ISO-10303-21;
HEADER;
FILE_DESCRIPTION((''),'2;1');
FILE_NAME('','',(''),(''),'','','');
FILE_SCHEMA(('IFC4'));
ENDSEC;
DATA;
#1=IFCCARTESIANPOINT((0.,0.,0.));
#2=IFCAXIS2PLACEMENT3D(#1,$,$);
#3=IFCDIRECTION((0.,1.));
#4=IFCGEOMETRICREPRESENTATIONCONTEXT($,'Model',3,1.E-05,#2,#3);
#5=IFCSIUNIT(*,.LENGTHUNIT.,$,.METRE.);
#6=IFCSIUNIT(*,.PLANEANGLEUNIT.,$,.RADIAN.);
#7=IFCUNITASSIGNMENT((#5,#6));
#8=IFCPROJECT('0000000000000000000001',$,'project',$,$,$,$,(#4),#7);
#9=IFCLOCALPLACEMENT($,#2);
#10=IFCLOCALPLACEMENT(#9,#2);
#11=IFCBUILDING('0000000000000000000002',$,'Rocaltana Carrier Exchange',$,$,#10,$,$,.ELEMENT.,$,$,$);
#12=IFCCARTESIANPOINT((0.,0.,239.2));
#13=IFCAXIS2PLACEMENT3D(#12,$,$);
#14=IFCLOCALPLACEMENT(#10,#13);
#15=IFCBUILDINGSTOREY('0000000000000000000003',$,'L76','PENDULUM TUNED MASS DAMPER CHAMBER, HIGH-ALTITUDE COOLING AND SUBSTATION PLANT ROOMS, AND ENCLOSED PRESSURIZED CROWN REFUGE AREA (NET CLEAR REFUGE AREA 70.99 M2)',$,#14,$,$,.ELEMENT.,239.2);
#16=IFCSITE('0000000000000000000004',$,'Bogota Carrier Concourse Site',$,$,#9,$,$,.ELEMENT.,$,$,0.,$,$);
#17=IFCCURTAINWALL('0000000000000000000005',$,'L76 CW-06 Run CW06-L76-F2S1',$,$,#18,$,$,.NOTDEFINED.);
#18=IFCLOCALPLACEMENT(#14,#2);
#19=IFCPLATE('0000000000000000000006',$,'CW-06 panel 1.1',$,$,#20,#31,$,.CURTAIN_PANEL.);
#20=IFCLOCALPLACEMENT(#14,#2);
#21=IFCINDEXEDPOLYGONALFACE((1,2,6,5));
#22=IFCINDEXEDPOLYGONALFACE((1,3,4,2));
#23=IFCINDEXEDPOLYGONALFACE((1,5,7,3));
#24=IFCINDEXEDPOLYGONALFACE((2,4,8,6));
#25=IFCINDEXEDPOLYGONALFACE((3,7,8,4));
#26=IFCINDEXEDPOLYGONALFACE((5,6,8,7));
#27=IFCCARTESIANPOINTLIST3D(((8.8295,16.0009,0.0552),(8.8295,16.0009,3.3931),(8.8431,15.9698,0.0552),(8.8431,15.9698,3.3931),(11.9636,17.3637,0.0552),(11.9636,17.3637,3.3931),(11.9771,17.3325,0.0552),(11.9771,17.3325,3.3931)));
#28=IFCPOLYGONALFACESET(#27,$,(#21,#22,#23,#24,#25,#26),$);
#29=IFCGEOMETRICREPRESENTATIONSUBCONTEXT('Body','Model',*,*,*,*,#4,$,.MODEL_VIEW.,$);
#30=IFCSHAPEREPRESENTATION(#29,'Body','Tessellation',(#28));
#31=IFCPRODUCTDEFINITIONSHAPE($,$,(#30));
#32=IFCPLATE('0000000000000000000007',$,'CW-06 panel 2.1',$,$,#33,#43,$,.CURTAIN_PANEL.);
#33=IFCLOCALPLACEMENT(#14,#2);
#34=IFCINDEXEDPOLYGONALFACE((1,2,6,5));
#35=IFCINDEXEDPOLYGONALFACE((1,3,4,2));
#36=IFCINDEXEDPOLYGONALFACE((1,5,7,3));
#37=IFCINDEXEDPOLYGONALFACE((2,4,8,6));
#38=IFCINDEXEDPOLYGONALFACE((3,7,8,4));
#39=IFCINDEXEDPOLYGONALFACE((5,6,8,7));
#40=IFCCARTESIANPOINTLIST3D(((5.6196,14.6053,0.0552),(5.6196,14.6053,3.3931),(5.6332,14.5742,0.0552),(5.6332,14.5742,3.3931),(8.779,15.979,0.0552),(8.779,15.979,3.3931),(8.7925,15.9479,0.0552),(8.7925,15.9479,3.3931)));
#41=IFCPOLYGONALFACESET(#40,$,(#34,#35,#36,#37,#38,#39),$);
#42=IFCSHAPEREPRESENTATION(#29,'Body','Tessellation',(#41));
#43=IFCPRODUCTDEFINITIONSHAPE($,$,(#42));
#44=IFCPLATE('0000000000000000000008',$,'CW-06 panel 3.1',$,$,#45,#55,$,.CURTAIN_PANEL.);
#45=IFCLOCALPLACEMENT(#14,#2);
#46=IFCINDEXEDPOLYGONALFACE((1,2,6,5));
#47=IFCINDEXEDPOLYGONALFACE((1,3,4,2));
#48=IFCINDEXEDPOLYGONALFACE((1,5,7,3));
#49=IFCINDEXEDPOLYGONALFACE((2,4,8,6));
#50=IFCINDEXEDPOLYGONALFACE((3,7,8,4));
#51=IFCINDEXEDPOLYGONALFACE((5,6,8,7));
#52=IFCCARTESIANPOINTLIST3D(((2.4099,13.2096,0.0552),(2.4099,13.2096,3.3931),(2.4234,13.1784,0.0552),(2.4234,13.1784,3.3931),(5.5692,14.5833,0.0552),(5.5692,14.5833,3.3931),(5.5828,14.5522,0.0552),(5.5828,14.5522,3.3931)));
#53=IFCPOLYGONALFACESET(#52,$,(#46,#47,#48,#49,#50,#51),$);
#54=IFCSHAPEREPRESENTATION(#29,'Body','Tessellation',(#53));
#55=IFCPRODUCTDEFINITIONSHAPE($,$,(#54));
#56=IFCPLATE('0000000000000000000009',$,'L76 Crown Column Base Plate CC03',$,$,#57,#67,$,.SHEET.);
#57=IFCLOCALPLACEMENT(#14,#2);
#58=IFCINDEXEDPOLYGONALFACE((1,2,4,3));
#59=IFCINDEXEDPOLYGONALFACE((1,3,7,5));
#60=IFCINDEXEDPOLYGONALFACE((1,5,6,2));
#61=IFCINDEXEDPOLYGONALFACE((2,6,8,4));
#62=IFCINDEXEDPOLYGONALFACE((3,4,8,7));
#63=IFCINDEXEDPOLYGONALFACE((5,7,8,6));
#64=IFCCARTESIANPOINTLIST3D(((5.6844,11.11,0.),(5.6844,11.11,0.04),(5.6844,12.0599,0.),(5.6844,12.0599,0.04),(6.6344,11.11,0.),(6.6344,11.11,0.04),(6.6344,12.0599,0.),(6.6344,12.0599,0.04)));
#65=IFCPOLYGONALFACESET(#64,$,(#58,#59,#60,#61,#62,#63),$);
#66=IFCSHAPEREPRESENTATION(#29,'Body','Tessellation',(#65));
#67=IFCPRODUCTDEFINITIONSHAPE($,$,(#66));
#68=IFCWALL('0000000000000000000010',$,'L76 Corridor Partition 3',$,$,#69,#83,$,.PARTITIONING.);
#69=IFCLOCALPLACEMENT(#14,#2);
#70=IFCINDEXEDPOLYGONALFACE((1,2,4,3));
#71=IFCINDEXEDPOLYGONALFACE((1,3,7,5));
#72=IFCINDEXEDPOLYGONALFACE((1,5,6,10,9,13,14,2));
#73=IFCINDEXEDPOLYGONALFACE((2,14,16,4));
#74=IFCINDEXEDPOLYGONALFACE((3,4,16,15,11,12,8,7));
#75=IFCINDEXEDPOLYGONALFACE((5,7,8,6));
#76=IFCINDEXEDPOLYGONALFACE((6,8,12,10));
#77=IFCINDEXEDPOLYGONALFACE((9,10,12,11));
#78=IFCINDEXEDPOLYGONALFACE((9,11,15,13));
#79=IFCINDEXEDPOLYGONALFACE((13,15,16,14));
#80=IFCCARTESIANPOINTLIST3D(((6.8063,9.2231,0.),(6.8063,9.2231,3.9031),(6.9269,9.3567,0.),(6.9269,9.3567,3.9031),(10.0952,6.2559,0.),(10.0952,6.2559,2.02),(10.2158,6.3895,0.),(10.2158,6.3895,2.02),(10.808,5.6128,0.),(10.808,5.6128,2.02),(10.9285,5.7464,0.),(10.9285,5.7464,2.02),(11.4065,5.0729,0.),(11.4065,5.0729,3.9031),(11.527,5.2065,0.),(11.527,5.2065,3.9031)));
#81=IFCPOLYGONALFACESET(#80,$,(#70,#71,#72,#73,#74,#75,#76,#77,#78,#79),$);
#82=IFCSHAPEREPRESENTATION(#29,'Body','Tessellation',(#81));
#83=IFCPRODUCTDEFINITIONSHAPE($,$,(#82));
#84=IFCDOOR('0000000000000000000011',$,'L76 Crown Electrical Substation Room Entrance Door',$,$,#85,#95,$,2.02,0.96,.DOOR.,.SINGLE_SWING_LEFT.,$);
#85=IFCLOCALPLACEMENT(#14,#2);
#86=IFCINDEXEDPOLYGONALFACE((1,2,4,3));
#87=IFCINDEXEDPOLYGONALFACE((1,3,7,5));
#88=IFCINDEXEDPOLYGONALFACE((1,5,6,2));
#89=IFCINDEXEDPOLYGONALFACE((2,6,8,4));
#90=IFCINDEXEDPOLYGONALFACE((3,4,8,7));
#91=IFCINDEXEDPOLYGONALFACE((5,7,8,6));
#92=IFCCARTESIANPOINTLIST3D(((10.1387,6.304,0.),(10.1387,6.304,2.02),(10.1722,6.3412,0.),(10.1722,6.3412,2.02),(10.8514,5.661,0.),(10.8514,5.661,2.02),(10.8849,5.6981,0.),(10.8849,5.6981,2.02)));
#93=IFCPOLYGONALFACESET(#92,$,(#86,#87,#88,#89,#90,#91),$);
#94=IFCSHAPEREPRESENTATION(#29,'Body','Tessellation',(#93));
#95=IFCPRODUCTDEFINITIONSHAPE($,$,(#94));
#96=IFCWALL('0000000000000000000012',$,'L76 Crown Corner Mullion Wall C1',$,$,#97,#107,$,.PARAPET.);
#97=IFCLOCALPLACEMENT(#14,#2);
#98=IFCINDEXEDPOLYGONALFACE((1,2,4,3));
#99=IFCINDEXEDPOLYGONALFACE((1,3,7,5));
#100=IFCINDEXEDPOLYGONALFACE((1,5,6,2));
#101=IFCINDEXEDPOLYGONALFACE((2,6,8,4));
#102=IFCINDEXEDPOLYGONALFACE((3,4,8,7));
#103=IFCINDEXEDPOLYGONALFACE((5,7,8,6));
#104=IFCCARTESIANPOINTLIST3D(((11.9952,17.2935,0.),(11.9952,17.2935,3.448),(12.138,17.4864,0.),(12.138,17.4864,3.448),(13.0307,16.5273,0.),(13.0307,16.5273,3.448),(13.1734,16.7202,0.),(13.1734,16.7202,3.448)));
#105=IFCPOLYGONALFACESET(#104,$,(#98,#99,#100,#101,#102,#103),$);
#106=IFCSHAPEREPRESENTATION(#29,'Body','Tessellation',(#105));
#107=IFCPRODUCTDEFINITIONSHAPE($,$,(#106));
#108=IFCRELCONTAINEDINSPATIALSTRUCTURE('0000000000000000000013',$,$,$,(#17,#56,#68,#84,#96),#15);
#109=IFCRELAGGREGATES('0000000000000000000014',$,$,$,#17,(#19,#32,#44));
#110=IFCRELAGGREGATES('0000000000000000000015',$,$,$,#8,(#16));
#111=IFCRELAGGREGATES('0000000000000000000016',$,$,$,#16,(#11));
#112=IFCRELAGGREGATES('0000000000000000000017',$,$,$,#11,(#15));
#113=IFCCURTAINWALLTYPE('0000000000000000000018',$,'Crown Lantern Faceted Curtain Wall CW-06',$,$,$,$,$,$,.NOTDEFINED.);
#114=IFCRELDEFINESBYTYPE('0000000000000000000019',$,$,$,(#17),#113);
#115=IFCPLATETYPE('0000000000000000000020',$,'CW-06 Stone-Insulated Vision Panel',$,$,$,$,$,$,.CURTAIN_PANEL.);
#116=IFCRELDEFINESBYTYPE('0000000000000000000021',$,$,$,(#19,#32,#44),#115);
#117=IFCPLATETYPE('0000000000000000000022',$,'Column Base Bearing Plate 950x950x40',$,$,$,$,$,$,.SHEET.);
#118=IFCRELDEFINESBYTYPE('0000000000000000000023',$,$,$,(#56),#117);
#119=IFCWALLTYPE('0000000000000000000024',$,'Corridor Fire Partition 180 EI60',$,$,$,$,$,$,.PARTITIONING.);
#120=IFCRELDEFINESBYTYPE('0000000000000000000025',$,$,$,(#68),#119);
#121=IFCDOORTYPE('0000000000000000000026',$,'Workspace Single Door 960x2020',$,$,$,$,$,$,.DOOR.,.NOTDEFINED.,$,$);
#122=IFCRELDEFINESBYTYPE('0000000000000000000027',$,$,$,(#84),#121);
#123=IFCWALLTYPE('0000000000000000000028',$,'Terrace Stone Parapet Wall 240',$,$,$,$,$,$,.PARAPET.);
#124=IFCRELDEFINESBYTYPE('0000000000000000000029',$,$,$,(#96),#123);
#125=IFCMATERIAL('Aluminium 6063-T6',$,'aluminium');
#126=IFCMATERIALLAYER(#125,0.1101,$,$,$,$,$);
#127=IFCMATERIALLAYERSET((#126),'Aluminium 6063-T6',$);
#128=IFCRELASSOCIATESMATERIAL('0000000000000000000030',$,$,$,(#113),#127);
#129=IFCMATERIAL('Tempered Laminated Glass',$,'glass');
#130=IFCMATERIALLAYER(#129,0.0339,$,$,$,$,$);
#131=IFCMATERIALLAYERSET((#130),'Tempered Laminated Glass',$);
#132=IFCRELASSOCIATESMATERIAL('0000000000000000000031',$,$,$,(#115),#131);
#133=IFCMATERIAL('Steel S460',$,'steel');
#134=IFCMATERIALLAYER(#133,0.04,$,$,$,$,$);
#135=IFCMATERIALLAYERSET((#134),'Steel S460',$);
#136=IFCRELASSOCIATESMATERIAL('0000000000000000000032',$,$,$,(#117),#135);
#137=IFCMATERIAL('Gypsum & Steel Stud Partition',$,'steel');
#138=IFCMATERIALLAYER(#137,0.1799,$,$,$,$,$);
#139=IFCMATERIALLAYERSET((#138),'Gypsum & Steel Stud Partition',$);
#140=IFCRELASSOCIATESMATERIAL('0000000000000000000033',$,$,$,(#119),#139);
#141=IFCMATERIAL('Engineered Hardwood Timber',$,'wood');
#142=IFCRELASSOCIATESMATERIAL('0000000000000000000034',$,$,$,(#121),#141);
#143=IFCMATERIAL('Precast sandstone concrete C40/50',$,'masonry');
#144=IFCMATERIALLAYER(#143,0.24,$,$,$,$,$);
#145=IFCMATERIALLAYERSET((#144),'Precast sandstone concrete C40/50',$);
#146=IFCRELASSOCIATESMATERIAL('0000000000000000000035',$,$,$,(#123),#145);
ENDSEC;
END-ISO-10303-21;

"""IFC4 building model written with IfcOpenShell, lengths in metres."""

from ifc_helpers import new_model, si_unit, direction, frame, frame_2d, origin, origin_2d, place, context, subcontext, project, spatial, rectangle, extrude, material, layer, layer_set, type_object, element, fill, aggregate, save


model = new_model("IFC4")

# Units and contexts
model_context = context("Model", 3, precision=1e-05, world=origin(), true_north=direction((0.0, 1.0)))
body_context = subcontext(model_context, "Body", "Model", "MODEL_VIEW")
ifc_project = project(units=[si_unit("LENGTHUNIT", "METRE"), si_unit("PLANEANGLEUNIT", "RADIAN")], contexts=[model_context])

# Site, building, storey
site_placement = place(None, origin())
site = spatial("IfcSite", under=ifc_project, at=site_placement, Name="Bogota Carrier Concourse Site", CompositionType="ELEMENT", RefElevation=0.0)
building_placement = place(site_placement, origin())
building = spatial("IfcBuilding", under=site, at=building_placement, Name="Rocaltana Carrier Exchange", CompositionType="ELEMENT")
storey_placement = place(building_placement, frame((0.0, 0.0, 239.2)))
storey = spatial("IfcBuildingStorey", under=building, at=storey_placement, Name="L76", Description="PENDULUM TUNED MASS DAMPER CHAMBER, HIGH-ALTITUDE COOLING AND SUBSTATION PLANT ROOMS, AND ENCLOSED PRESSURIZED CROWN REFUGE AREA (NET CLEAR REFUGE AREA 70.99 M2)", CompositionType="ELEMENT", Elevation=239.2)

# Curtain wall
ifc_material_1 = material(Name="Aluminium 6063-T6", Category="aluminium")
ifc_layer_1 = layer(ifc_material_1, 0.1101)
ifc_layer_set_1 = layer_set([ifc_layer_1], Name="Aluminium 6063-T6")
curtain_wall_type = type_object("IfcCurtainWallType", Name="Crown Lantern Faceted Curtain Wall CW-06", PredefinedType="NOTDEFINED", material=ifc_layer_set_1)
curtain_wall_1_placement = place(storey_placement, origin())
curtain_wall_1 = element("IfcCurtainWall", 1, at=curtain_wall_1_placement, inside=storey, type_object=curtain_wall_type, Name="L76 CW-06 Run CW06-L76-F2S1", PredefinedType="NOTDEFINED")

# Plates
ifc_material_2 = material(Name="Tempered Laminated Glass", Category="glass")
ifc_layer_2 = layer(ifc_material_2, 0.0339)
ifc_layer_set_2 = layer_set([ifc_layer_2], Name="Tempered Laminated Glass")
plate_type_1 = type_object("IfcPlateType", Name="CW-06 Stone-Insulated Vision Panel", PredefinedType="CURTAIN_PANEL", material=ifc_layer_set_2)
plate_1_placement = place(storey_placement, frame((10.4033, 16.6667, 0.0552), z_axis=(0.0, 0.0, 1.0), x_axis=(-0.91706, -0.39875, 0.0)))
plate_1 = element("IfcPlate", 2, at=plate_1_placement, type_object=plate_type_1, Name="CW-06 panel 1.1", PredefinedType="CURTAIN_PANEL", context=body_context, shape_type="SweptSolid", body=[
    extrude(rectangle(XDim=3.4175, YDim=0.0339, at=origin_2d()), origin(), (0.0, 0.0, 1.0), 3.3379),
])
plate_2_placement = place(storey_placement, frame((7.2061, 15.2766, 0.0552), z_axis=(0.0, 0.0, 1.0), x_axis=(-0.91706, -0.39875, 0.0)))
plate_2 = element("IfcPlate", 3, at=plate_2_placement, type_object=plate_type_1, Name="CW-06 panel 2.1", PredefinedType="CURTAIN_PANEL", context=body_context, shape_type="SweptSolid", body=[
    extrude(rectangle(XDim=3.4451, YDim=0.0339, at=origin_2d()), origin(), (0.0, 0.0, 1.0), 3.3379),
])
plate_3_placement = place(storey_placement, frame((3.9963, 13.8809, 0.0552), z_axis=(0.0, 0.0, 1.0), x_axis=(-0.91706, -0.39875, 0.0)))
plate_3 = element("IfcPlate", 4, at=plate_3_placement, type_object=plate_type_1, Name="CW-06 panel 3.1", PredefinedType="CURTAIN_PANEL", context=body_context, shape_type="SweptSolid", body=[
    extrude(rectangle(XDim=3.4451, YDim=0.0339, at=origin_2d()), origin(), (0.0, 0.0, 1.0), 3.3379),
])
aggregate(curtain_wall_1, [plate_1, plate_2, plate_3])
ifc_material_3 = material(Name="Steel S460", Category="steel")
ifc_layer_3 = layer(ifc_material_3, 0.04)
ifc_layer_set_3 = layer_set([ifc_layer_3], Name="Steel S460")
plate_type_2 = type_object("IfcPlateType", Name="Column Base Bearing Plate 950x950x40", PredefinedType="SHEET", material=ifc_layer_set_3)
plate_4_placement = place(storey_placement, frame((6.1594, 11.585, 0.0), z_axis=(0.0, 0.0, 1.0), x_axis=(1.0, 0.0, 0.0)))
element("IfcPlate", 5, at=plate_4_placement, inside=storey, type_object=plate_type_2, Name="L76 Crown Column Base Plate CC03", PredefinedType="SHEET", context=body_context, shape_type="SweptSolid", body=[
    extrude(rectangle(XDim=0.95, YDim=0.95, at=origin_2d()), origin(), (0.0, 0.0, 1.0), 0.04),
])

# Wall, opening, door
ifc_material_4 = material(Name="Gypsum & Steel Stud Partition", Category="steel")
ifc_layer_4 = layer(ifc_material_4, 0.1799)
ifc_layer_set_4 = layer_set([ifc_layer_4], Name="Gypsum & Steel Stud Partition")
wall_type_1 = type_object("IfcWallType", Name="Corridor Fire Partition 180 EI60", PredefinedType="PARTITIONING", material=ifc_layer_set_4)
wall_1_placement = place(storey_placement, frame((6.8667, 9.2898, 0.0), z_axis=(0.0, 0.0, 1.0), x_axis=(0.742486, -0.669861, 0.0)))
wall_1 = element("IfcWall", 6, at=wall_1_placement, inside=storey, type_object=wall_type_1, Name="L76 Corridor Partition 3", PredefinedType="PARTITIONING", context=body_context, shape_type="SweptSolid", body=[
    extrude(rectangle(XDim=6.1956, YDim=0.1799, at=frame_2d((3.0977, 0.0))), origin(), (0.0, 0.0, 1.0), 3.9031),
])
opening_placement = place(wall_1_placement, frame((4.4294, 0.0, 0.0)))
opening = element("IfcOpeningElement", 7, at=opening_placement, cuts=wall_1, PredefinedType="OPENING", context=body_context, shape_type="SweptSolid", body=[
    extrude(rectangle(XDim=0.96, YDim=2.02, at=frame_2d((0.48, 1.01))), frame((0.0, 0.0999, 0.0), z_axis=(0.0, -1.0, 0.0), x_axis=(1.0, 0.0, 0.0)), (0.0, 0.0, 1.0), 0.2),
])
ifc_material_5 = material(Name="Engineered Hardwood Timber", Category="wood")
door_type = type_object("IfcDoorType", Name="Workspace Single Door 960x2020", OperationType="NOTDEFINED", PredefinedType="DOOR", material=ifc_material_5)
door_placement = place(opening_placement, origin())
door = element("IfcDoor", 8, at=door_placement, inside=storey, type_object=door_type, Name="L76 Crown Electrical Substation Room Entrance Door", OperationType="SINGLE_SWING_LEFT", OverallHeight=2.02, OverallWidth=0.96, PredefinedType="DOOR", context=body_context, shape_type="SweptSolid", body=[
    extrude(rectangle(XDim=0.96, YDim=2.02, at=frame_2d((0.48, 1.01))), frame((0.0, 0.0249, 0.0), z_axis=(0.0, -1.0, 0.0), x_axis=(1.0, 0.0, 0.0)), (0.0, 0.0, 1.0), 0.05),
])
fill(opening, door)

# Wall
ifc_material_6 = material(Name="Precast sandstone concrete C40/50", Category="masonry")
ifc_layer_5 = layer(ifc_material_6, 0.24)
ifc_layer_set_5 = layer_set([ifc_layer_5], Name="Precast sandstone concrete C40/50")
wall_type_2 = type_object("IfcWallType", Name="Terrace Stone Parapet Wall 240", PredefinedType="PARAPET", material=ifc_layer_set_5)
wall_2_placement = place(storey_placement, frame((13.1021, 16.6238, 0.0), z_axis=(0.0, 0.0, 1.0), x_axis=(-0.803873, 0.594801, 0.0)))
element("IfcWall", 9, at=wall_2_placement, inside=storey, type_object=wall_type_2, Name="L76 Crown Corner Mullion Wall C1", PredefinedType="PARAPET", context=body_context, shape_type="SweptSolid", body=[
    extrude(rectangle(XDim=1.2881, YDim=0.24, at=frame_2d((0.644, 0.0))), origin(), (0.0, 0.0, 1.0), 3.448),
])

save(model, "model.ifc")
